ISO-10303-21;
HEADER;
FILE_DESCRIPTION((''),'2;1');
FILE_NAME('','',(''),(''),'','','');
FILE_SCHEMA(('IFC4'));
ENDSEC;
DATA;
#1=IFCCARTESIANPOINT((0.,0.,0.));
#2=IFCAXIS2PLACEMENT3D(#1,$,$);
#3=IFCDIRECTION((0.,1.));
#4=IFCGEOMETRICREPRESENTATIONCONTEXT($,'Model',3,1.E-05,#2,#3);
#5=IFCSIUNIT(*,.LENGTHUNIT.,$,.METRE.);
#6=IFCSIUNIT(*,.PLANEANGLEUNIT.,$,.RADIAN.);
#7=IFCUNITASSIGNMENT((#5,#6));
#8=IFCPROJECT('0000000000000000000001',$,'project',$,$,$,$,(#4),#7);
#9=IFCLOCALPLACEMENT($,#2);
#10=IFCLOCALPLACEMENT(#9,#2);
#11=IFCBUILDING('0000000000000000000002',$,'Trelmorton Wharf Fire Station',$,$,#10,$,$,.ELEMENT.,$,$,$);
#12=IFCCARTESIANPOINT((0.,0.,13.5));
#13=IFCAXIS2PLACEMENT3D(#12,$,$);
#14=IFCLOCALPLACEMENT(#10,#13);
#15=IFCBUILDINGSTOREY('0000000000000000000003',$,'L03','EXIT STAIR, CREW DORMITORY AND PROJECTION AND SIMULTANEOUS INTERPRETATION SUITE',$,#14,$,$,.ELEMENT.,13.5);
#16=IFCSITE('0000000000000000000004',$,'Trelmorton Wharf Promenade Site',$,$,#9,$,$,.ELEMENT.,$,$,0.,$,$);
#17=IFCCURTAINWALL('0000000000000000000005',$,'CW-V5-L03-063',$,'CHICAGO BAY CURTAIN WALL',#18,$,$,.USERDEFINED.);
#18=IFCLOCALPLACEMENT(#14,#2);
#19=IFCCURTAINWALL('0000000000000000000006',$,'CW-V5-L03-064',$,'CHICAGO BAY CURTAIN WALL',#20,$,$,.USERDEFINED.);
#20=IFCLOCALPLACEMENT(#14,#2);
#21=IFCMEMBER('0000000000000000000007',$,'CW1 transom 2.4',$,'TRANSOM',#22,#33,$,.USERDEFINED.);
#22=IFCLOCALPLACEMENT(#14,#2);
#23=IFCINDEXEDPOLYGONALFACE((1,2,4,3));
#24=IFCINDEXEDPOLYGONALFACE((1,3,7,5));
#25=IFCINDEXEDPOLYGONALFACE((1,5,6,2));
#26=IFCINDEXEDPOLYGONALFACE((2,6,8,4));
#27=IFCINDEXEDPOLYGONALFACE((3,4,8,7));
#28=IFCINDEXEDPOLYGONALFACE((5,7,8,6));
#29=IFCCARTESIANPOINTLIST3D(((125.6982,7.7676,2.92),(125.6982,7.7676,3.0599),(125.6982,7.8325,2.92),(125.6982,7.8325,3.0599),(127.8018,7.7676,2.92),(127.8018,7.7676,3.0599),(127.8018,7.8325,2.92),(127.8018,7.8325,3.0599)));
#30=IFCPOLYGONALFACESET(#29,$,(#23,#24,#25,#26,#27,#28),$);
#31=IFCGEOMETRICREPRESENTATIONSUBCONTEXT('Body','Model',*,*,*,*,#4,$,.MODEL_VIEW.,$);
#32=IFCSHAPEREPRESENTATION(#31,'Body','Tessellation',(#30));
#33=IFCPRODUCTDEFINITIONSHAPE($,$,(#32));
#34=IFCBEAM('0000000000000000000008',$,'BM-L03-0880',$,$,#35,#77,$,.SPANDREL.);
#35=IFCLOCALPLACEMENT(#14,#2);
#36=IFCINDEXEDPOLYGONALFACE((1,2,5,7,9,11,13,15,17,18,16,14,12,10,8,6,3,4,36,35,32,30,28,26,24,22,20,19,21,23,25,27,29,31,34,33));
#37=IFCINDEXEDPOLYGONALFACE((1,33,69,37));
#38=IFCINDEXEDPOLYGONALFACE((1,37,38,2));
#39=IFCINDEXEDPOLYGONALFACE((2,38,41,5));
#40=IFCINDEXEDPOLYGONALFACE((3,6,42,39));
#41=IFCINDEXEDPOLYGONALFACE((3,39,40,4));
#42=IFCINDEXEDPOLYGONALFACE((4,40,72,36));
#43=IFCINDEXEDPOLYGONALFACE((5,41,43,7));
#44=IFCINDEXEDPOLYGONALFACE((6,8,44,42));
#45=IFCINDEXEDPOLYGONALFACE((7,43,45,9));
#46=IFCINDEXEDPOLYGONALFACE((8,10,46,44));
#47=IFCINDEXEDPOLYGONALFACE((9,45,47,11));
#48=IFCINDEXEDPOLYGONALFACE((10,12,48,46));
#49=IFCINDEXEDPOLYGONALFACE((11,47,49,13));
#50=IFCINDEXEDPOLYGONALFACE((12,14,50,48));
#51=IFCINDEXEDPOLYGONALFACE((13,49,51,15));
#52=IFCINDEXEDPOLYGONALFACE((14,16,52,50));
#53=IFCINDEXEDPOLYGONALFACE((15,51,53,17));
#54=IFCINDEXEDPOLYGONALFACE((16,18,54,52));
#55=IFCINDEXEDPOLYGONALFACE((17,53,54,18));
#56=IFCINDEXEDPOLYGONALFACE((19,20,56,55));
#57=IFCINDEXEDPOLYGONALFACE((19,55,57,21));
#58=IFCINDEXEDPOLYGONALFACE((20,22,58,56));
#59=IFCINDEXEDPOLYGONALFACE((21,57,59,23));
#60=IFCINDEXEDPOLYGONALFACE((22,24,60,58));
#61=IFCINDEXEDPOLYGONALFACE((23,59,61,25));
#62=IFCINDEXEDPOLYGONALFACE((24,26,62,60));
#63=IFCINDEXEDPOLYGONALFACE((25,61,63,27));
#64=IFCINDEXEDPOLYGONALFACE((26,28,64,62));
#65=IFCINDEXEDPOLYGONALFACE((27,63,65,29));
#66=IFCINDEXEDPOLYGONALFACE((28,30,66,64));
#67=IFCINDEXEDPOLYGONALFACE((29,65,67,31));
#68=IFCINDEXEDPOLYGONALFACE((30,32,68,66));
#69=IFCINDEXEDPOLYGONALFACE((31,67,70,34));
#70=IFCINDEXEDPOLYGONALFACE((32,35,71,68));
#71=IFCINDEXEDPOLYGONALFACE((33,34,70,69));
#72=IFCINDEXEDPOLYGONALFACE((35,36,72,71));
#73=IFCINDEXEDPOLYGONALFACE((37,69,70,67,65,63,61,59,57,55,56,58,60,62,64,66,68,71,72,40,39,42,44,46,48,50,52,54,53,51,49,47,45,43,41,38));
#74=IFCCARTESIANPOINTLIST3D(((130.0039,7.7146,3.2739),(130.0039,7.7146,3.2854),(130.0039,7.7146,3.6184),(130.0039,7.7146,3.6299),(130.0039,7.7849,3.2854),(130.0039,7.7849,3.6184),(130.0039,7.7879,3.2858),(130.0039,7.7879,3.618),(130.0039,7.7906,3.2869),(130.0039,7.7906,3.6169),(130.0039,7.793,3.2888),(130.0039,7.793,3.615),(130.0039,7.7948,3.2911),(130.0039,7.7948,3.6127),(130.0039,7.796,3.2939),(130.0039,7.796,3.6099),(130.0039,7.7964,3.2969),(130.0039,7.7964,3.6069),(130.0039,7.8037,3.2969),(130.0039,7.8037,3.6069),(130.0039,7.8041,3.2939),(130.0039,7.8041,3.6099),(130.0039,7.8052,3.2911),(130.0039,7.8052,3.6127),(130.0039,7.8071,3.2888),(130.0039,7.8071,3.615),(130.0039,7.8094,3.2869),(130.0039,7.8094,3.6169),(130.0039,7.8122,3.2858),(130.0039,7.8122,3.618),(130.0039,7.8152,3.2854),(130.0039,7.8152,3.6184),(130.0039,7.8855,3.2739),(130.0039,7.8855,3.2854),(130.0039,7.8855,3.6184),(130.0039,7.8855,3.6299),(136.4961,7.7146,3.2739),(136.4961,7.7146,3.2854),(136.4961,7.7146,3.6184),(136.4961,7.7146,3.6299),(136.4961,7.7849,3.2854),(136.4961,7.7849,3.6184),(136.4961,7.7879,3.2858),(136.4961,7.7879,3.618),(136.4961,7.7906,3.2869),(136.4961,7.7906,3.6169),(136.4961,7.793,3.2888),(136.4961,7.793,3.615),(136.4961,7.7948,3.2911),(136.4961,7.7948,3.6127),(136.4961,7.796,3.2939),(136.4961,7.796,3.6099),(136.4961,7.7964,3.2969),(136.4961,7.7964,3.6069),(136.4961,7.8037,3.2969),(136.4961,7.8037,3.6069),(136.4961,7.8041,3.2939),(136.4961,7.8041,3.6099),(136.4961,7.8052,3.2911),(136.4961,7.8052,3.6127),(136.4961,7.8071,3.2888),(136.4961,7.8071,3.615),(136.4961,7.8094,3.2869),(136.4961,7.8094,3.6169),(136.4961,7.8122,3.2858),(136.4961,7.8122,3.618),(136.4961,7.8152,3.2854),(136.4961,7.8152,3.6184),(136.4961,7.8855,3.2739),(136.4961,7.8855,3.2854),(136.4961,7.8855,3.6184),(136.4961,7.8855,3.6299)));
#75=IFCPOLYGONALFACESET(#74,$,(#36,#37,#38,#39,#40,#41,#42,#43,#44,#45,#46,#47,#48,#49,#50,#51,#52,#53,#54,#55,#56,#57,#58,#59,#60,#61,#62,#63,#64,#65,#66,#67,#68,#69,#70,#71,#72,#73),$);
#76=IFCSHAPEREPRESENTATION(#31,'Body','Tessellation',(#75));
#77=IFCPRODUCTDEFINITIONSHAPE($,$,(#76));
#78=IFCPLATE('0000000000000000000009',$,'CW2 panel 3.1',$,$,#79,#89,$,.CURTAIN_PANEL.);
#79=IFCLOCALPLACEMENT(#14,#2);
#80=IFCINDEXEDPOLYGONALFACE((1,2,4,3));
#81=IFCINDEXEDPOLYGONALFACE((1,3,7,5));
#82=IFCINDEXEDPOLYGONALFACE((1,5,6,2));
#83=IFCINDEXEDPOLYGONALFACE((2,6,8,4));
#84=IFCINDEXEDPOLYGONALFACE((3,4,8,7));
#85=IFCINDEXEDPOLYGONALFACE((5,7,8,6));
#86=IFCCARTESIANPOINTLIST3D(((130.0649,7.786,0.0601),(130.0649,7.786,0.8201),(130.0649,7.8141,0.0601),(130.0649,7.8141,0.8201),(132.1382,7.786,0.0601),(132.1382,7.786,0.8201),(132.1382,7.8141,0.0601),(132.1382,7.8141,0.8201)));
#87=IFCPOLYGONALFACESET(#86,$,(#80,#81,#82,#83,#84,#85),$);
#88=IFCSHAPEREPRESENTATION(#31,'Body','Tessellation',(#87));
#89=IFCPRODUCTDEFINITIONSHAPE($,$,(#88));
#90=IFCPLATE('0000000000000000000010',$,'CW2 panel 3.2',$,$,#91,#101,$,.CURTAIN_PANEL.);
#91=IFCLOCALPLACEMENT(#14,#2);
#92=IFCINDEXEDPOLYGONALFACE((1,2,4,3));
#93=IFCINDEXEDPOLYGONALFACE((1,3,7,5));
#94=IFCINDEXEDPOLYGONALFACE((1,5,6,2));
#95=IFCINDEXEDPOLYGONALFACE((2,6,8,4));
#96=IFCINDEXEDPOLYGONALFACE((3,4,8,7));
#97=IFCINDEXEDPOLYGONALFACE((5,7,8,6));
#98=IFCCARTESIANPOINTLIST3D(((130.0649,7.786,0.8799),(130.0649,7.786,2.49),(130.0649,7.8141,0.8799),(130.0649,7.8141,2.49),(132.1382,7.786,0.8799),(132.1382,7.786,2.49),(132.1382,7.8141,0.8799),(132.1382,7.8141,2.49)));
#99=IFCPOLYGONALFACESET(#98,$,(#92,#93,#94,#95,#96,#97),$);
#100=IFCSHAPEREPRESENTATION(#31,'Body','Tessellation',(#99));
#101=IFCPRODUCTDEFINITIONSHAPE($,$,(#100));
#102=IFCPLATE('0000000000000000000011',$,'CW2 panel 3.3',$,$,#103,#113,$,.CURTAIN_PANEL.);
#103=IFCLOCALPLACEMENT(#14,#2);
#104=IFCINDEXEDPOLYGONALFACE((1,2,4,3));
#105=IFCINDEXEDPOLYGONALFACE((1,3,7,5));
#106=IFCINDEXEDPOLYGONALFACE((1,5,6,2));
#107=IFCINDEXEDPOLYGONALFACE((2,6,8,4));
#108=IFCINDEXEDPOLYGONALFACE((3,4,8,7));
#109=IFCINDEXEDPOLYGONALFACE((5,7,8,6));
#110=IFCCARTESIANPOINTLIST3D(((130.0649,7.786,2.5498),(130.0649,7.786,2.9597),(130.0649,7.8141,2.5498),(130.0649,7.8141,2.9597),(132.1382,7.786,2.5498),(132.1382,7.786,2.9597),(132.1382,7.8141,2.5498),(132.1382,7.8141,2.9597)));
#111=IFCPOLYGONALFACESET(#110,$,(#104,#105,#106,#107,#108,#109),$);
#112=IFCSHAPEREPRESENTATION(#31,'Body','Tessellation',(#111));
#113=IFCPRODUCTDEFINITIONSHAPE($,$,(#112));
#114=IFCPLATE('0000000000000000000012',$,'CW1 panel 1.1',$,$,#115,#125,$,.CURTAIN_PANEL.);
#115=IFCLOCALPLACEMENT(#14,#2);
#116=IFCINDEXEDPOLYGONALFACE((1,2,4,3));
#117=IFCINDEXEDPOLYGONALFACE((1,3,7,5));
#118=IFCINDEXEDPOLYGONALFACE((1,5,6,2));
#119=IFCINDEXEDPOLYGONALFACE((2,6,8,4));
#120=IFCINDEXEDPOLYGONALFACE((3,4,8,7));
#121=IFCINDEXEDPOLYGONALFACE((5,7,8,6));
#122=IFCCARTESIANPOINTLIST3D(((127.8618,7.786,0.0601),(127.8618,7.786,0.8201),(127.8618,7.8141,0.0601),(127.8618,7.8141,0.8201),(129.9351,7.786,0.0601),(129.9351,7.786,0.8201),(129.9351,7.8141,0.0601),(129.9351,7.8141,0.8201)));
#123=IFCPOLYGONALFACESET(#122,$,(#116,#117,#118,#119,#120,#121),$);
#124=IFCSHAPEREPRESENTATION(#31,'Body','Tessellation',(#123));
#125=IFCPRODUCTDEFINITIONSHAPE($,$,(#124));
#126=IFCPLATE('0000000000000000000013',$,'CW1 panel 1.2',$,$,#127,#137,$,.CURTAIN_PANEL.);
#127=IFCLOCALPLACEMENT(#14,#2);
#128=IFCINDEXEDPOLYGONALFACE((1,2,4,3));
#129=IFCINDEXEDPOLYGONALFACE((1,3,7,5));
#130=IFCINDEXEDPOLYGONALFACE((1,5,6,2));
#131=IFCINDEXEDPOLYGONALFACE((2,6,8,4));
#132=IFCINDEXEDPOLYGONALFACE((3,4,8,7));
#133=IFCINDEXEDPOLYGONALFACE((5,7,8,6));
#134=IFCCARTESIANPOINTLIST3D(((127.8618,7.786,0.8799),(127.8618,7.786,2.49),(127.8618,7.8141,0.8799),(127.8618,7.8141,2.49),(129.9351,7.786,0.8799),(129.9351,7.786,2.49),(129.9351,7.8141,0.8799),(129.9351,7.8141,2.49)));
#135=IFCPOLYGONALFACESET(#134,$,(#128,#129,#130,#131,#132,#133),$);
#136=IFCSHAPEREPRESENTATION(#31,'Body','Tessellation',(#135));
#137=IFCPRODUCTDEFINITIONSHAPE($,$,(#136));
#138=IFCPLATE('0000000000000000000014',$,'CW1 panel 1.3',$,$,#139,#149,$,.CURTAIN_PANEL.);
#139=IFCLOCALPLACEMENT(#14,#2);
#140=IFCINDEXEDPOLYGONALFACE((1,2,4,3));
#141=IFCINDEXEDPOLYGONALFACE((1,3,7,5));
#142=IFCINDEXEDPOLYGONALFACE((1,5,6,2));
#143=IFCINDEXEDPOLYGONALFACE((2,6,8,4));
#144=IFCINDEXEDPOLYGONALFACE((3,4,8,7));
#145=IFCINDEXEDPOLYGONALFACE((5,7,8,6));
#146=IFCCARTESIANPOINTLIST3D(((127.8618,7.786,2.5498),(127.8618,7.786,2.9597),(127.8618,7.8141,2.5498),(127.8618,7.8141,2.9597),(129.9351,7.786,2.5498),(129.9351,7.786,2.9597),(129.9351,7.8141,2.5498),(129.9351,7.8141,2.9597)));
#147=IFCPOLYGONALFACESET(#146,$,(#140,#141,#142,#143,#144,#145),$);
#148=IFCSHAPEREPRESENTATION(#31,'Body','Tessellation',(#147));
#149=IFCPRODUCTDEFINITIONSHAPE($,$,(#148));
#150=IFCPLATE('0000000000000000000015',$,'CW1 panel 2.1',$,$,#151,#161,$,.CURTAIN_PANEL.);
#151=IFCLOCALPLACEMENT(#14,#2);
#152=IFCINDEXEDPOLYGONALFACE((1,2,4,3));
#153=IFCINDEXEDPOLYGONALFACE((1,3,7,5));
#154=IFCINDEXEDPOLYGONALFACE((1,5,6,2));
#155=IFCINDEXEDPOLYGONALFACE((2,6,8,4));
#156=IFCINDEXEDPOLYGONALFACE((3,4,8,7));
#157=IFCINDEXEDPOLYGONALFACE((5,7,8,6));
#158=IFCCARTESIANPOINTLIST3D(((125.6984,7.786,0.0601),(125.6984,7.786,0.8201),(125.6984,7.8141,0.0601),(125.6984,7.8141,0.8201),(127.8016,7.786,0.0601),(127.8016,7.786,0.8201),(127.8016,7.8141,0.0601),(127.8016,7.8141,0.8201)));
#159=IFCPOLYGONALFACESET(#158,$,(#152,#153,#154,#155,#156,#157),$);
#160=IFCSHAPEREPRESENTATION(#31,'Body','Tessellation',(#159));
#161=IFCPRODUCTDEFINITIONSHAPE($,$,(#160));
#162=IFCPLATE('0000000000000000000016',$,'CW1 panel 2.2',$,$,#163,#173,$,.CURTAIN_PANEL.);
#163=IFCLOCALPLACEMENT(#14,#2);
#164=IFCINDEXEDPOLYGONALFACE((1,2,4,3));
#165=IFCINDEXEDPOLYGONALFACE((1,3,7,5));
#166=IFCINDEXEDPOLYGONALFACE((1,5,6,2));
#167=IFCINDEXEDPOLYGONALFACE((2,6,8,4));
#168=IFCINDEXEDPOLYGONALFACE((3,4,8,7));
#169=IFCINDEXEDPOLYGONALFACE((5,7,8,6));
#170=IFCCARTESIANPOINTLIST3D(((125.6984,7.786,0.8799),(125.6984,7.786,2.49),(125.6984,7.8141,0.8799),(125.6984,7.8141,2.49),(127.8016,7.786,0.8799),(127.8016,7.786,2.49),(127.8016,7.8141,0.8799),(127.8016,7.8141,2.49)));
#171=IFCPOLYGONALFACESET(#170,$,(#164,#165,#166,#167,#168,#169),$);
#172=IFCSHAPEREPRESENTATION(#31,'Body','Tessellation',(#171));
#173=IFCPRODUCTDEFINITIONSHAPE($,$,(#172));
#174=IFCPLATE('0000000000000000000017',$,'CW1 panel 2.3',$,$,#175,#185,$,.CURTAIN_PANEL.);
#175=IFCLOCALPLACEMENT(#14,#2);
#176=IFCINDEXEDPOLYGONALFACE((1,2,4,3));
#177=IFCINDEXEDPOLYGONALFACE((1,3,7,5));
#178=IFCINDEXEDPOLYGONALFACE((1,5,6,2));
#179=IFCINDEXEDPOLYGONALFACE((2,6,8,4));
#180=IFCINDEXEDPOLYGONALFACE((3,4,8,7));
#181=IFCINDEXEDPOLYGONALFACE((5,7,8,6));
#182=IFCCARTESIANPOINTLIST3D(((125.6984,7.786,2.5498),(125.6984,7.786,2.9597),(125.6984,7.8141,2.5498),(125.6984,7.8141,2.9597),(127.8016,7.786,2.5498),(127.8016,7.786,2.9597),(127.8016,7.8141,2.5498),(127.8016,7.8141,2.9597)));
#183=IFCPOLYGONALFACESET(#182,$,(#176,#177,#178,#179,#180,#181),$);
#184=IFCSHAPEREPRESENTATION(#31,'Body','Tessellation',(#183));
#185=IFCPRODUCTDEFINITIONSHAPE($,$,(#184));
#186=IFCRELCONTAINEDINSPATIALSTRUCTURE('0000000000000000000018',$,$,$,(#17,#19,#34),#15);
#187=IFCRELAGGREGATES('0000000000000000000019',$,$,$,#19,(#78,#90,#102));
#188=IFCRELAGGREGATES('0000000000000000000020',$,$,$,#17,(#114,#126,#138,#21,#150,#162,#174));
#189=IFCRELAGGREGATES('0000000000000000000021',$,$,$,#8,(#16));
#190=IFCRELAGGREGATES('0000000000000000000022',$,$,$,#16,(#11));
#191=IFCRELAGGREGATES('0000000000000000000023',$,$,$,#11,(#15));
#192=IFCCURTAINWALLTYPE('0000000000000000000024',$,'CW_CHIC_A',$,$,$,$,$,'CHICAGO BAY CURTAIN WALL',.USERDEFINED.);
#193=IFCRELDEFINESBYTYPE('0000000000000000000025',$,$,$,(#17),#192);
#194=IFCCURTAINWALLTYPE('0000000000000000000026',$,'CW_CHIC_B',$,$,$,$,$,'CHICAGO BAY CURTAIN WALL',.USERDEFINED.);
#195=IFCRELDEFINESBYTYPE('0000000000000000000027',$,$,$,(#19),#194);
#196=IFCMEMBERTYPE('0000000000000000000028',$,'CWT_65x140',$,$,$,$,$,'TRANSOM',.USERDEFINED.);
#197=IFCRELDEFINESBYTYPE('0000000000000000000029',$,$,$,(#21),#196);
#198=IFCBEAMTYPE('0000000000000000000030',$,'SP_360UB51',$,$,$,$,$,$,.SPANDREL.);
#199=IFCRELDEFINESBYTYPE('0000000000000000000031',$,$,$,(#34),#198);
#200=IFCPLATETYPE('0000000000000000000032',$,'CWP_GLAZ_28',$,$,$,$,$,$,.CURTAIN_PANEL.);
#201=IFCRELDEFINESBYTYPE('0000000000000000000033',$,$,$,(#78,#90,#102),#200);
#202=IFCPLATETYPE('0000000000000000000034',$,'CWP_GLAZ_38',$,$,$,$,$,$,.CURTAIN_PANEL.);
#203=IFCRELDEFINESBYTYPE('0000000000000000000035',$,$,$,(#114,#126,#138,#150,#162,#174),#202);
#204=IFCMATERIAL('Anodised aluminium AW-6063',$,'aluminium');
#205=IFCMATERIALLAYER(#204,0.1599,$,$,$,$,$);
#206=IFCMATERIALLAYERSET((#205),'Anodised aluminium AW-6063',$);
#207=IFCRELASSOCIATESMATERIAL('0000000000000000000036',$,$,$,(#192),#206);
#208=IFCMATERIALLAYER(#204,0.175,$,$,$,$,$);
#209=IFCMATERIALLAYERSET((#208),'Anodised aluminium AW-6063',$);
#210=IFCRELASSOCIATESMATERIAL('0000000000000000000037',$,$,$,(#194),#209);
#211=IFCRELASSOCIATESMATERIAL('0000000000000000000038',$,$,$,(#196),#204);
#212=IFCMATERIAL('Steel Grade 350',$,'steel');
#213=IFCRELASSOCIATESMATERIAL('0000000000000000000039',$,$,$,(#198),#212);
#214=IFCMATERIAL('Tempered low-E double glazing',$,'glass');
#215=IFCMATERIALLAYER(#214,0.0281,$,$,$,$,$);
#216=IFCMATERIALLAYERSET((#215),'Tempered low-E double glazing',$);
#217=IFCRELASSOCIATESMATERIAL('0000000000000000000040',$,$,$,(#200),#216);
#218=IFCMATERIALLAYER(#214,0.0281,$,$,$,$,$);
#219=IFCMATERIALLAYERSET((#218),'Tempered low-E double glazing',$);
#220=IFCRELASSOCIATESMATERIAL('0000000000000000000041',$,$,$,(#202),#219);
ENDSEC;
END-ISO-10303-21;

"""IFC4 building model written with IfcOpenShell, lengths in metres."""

from ifc_helpers import new_model, si_unit, direction, frame, origin, origin_2d, place, context, subcontext, project, spatial, rectangle, i_section, extrude, material, layer, layer_set, material_profile, profile_set, type_object, element, aggregate, save


model = new_model("IFC4")

# Units and contexts
model_context = context("Model", 3, precision=1e-05, world=origin(), true_north=direction((0.0, 1.0)))
body_context = subcontext(model_context, "Body", "Model", "MODEL_VIEW")
ifc_project = project(units=[si_unit("LENGTHUNIT", "METRE"), si_unit("PLANEANGLEUNIT", "RADIAN")], contexts=[model_context])

# Site, building, storey
site_placement = place(None, origin())
site = spatial("IfcSite", under=ifc_project, at=site_placement, Name="Trelmorton Wharf Promenade Site", CompositionType="ELEMENT", RefElevation=0.0)
building_placement = place(site_placement, origin())
building = spatial("IfcBuilding", under=site, at=building_placement, Name="Trelmorton Wharf Fire Station", CompositionType="ELEMENT")
storey_placement = place(building_placement, frame((0.0, 0.0, 13.5)))
storey = spatial("IfcBuildingStorey", under=building, at=storey_placement, Name="L03", Description="EXIT STAIR, CREW DORMITORY AND PROJECTION AND SIMULTANEOUS INTERPRETATION SUITE", CompositionType="ELEMENT", Elevation=13.5)

# Shared definitions
ifc_material_1 = material(Name="Steel Grade 350", Category="steel")

# Curtain wall
ifc_material_2 = material(Name="Anodised aluminium AW-6063", Category="aluminium")
ifc_layer_1 = layer(ifc_material_2, 0.1599)
ifc_layer_set_1 = layer_set([ifc_layer_1], Name="Anodised aluminium AW-6063")
curtain_wall_type_1 = type_object("IfcCurtainWallType", Name="CW_CHIC_A", ElementType="CHICAGO BAY CURTAIN WALL", PredefinedType="USERDEFINED", material=ifc_layer_set_1)
curtain_wall_1_placement = place(storey_placement, origin())
curtain_wall_1 = element("IfcCurtainWall", 1, at=curtain_wall_1_placement, inside=storey, type_object=curtain_wall_type_1, Name="CW-V5-L03-063", ObjectType="CHICAGO BAY CURTAIN WALL", PredefinedType="USERDEFINED")

# Curtain wall
ifc_layer_2 = layer(ifc_material_2, 0.175)
ifc_layer_set_2 = layer_set([ifc_layer_2], Name="Anodised aluminium AW-6063")
curtain_wall_type_2 = type_object("IfcCurtainWallType", Name="CW_CHIC_B", ElementType="CHICAGO BAY CURTAIN WALL", PredefinedType="USERDEFINED", material=ifc_layer_set_2)
curtain_wall_2_placement = place(storey_placement, origin())
curtain_wall_2 = element("IfcCurtainWall", 2, at=curtain_wall_2_placement, inside=storey, type_object=curtain_wall_type_2, Name="CW-V5-L03-064", ObjectType="CHICAGO BAY CURTAIN WALL", PredefinedType="USERDEFINED")

# Member
ifc_material_profile_1 = material_profile(ifc_material_2, rectangle(XDim=0.0649, YDim=0.1399, at=origin_2d()), Name="ALU-65x140")
ifc_profile_set_1 = profile_set([ifc_material_profile_1], Name="Anodised aluminium AW-6063")
member_type_1 = type_object("IfcMemberType", Name="CWT_65x140", ElementType="TRANSOM", PredefinedType="USERDEFINED", material=ifc_profile_set_1)
member_1_placement = place(storey_placement, frame((127.8018, 7.8, 2.99), z_axis=(-1.0, 0.0, 0.0), x_axis=(0.0, -1.0, 0.0)))
member_1 = element("IfcMember", 3, at=member_1_placement, type_object=member_type_1, Name="CW1 transom 2.4", ObjectType="TRANSOM", PredefinedType="USERDEFINED", context=body_context, shape_type="SweptSolid", body=[
    extrude(rectangle(XDim=0.0649, YDim=0.1399, at=origin_2d()), origin(), (0.0, 0.0, 1.0), 2.1035),
])

# Beam
ifc_material_profile_2 = material_profile(ifc_material_1, i_section(OverallWidth=0.1709, OverallDepth=0.356, WebThickness=0.0073, FlangeThickness=0.0115, FilletRadius=0.0115, at=origin_2d()), Name="360UB50.7")
ifc_profile_set_2 = profile_set([ifc_material_profile_2], Name="Steel Grade 350")
beam_type = type_object("IfcBeamType", Name="SP_360UB51", PredefinedType="SPANDREL", material=ifc_profile_set_2)
beam_placement = place(storey_placement, frame((130.0039, 7.8, 3.4519), z_axis=(1.0, 0.0, 0.0), x_axis=(0.0, 1.0, 0.0)))
element("IfcBeam", 4, at=beam_placement, inside=storey, type_object=beam_type, Name="BM-L03-0880", PredefinedType="SPANDREL", context=body_context, shape_type="SweptSolid", body=[
    extrude(i_section(OverallWidth=0.1709, OverallDepth=0.356, WebThickness=0.0073, FlangeThickness=0.0115, FilletRadius=0.0115, at=origin_2d()), origin(), (0.0, 0.0, 1.0), 6.4922),
])

# Plates
ifc_material_3 = material(Name="Tempered low-E double glazing", Category="glass")
ifc_layer_3 = layer(ifc_material_3, 0.0281)
ifc_layer_set_3 = layer_set([ifc_layer_3], Name="Tempered low-E double glazing")
plate_type_1 = type_object("IfcPlateType", Name="CWP_GLAZ_28", PredefinedType="CURTAIN_PANEL", material=ifc_layer_set_3)
plate_1_placement = place(storey_placement, frame((131.1016, 7.8, 0.0601), z_axis=(0.0, 0.0, 1.0), x_axis=(-1.0, 0.0, 0.0)))
plate_1 = element("IfcPlate", 5, at=plate_1_placement, type_object=plate_type_1, Name="CW2 panel 3.1", PredefinedType="CURTAIN_PANEL", context=body_context, shape_type="SweptSolid", body=[
    extrude(rectangle(XDim=2.0732, YDim=0.0281, at=origin_2d()), origin(), (0.0, 0.0, 1.0), 0.76),
])
plate_2_placement = place(storey_placement, frame((131.1016, 7.8, 0.8799), z_axis=(0.0, 0.0, 1.0), x_axis=(-1.0, 0.0, 0.0)))
plate_2 = element("IfcPlate", 6, at=plate_2_placement, type_object=plate_type_1, Name="CW2 panel 3.2", PredefinedType="CURTAIN_PANEL", context=body_context, shape_type="SweptSolid", body=[
    extrude(rectangle(XDim=2.0732, YDim=0.0281, at=origin_2d()), origin(), (0.0, 0.0, 1.0), 1.6101),
])
plate_3_placement = place(storey_placement, frame((131.1016, 7.8, 2.5498), z_axis=(0.0, 0.0, 1.0), x_axis=(-1.0, 0.0, 0.0)))
plate_3 = element("IfcPlate", 7, at=plate_3_placement, type_object=plate_type_1, Name="CW2 panel 3.3", PredefinedType="CURTAIN_PANEL", context=body_context, shape_type="SweptSolid", body=[
    extrude(rectangle(XDim=2.0732, YDim=0.0281, at=origin_2d()), origin(), (0.0, 0.0, 1.0), 0.4099),
])
aggregate(curtain_wall_2, [plate_1, plate_2, plate_3])
ifc_layer_4 = layer(ifc_material_3, 0.0281)
ifc_layer_set_4 = layer_set([ifc_layer_4], Name="Tempered low-E double glazing")
plate_type_2 = type_object("IfcPlateType", Name="CWP_GLAZ_38", PredefinedType="CURTAIN_PANEL", material=ifc_layer_set_4)
plate_4_placement = place(storey_placement, frame((128.8984, 7.8, 0.0601), z_axis=(0.0, 0.0, 1.0), x_axis=(-1.0, 0.0, 0.0)))
plate_4 = element("IfcPlate", 8, at=plate_4_placement, type_object=plate_type_2, Name="CW1 panel 1.1", PredefinedType="CURTAIN_PANEL", context=body_context, shape_type="SweptSolid", body=[
    extrude(rectangle(XDim=2.0732, YDim=0.0281, at=origin_2d()), origin(), (0.0, 0.0, 1.0), 0.76),
])
plate_5_placement = place(storey_placement, frame((128.8984, 7.8, 0.8799), z_axis=(0.0, 0.0, 1.0), x_axis=(-1.0, 0.0, 0.0)))
plate_5 = element("IfcPlate", 9, at=plate_5_placement, type_object=plate_type_2, Name="CW1 panel 1.2", PredefinedType="CURTAIN_PANEL", context=body_context, shape_type="SweptSolid", body=[
    extrude(rectangle(XDim=2.0732, YDim=0.0281, at=origin_2d()), origin(), (0.0, 0.0, 1.0), 1.6101),
])
plate_6_placement = place(storey_placement, frame((128.8984, 7.8, 2.5498), z_axis=(0.0, 0.0, 1.0), x_axis=(-1.0, 0.0, 0.0)))
plate_6 = element("IfcPlate", 10, at=plate_6_placement, type_object=plate_type_2, Name="CW1 panel 1.3", PredefinedType="CURTAIN_PANEL", context=body_context, shape_type="SweptSolid", body=[
    extrude(rectangle(XDim=2.0732, YDim=0.0281, at=origin_2d()), origin(), (0.0, 0.0, 1.0), 0.4099),
])
plate_7_placement = place(storey_placement, frame((126.75, 7.8, 0.0601), z_axis=(0.0, 0.0, 1.0), x_axis=(-1.0, 0.0, 0.0)))
plate_7 = element("IfcPlate", 11, at=plate_7_placement, type_object=plate_type_2, Name="CW1 panel 2.1", PredefinedType="CURTAIN_PANEL", context=body_context, shape_type="SweptSolid", body=[
    extrude(rectangle(XDim=2.1033, YDim=0.0281, at=origin_2d()), origin(), (0.0, 0.0, 1.0), 0.76),
])
plate_8_placement = place(storey_placement, frame((126.75, 7.8, 0.8799), z_axis=(0.0, 0.0, 1.0), x_axis=(-1.0, 0.0, 0.0)))
plate_8 = element("IfcPlate", 12, at=plate_8_placement, type_object=plate_type_2, Name="CW1 panel 2.2", PredefinedType="CURTAIN_PANEL", context=body_context, shape_type="SweptSolid", body=[
    extrude(rectangle(XDim=2.1033, YDim=0.0281, at=origin_2d()), origin(), (0.0, 0.0, 1.0), 1.6101),
])
plate_9_placement = place(storey_placement, frame((126.75, 7.8, 2.5498), z_axis=(0.0, 0.0, 1.0), x_axis=(-1.0, 0.0, 0.0)))
plate_9 = element("IfcPlate", 13, at=plate_9_placement, type_object=plate_type_2, Name="CW1 panel 2.3", PredefinedType="CURTAIN_PANEL", context=body_context, shape_type="SweptSolid", body=[
    extrude(rectangle(XDim=2.1033, YDim=0.0281, at=origin_2d()), origin(), (0.0, 0.0, 1.0), 0.4099),
])
aggregate(curtain_wall_1, [plate_4, plate_5, plate_6, member_1, plate_7, plate_8, plate_9])

save(model, "model.ifc")
